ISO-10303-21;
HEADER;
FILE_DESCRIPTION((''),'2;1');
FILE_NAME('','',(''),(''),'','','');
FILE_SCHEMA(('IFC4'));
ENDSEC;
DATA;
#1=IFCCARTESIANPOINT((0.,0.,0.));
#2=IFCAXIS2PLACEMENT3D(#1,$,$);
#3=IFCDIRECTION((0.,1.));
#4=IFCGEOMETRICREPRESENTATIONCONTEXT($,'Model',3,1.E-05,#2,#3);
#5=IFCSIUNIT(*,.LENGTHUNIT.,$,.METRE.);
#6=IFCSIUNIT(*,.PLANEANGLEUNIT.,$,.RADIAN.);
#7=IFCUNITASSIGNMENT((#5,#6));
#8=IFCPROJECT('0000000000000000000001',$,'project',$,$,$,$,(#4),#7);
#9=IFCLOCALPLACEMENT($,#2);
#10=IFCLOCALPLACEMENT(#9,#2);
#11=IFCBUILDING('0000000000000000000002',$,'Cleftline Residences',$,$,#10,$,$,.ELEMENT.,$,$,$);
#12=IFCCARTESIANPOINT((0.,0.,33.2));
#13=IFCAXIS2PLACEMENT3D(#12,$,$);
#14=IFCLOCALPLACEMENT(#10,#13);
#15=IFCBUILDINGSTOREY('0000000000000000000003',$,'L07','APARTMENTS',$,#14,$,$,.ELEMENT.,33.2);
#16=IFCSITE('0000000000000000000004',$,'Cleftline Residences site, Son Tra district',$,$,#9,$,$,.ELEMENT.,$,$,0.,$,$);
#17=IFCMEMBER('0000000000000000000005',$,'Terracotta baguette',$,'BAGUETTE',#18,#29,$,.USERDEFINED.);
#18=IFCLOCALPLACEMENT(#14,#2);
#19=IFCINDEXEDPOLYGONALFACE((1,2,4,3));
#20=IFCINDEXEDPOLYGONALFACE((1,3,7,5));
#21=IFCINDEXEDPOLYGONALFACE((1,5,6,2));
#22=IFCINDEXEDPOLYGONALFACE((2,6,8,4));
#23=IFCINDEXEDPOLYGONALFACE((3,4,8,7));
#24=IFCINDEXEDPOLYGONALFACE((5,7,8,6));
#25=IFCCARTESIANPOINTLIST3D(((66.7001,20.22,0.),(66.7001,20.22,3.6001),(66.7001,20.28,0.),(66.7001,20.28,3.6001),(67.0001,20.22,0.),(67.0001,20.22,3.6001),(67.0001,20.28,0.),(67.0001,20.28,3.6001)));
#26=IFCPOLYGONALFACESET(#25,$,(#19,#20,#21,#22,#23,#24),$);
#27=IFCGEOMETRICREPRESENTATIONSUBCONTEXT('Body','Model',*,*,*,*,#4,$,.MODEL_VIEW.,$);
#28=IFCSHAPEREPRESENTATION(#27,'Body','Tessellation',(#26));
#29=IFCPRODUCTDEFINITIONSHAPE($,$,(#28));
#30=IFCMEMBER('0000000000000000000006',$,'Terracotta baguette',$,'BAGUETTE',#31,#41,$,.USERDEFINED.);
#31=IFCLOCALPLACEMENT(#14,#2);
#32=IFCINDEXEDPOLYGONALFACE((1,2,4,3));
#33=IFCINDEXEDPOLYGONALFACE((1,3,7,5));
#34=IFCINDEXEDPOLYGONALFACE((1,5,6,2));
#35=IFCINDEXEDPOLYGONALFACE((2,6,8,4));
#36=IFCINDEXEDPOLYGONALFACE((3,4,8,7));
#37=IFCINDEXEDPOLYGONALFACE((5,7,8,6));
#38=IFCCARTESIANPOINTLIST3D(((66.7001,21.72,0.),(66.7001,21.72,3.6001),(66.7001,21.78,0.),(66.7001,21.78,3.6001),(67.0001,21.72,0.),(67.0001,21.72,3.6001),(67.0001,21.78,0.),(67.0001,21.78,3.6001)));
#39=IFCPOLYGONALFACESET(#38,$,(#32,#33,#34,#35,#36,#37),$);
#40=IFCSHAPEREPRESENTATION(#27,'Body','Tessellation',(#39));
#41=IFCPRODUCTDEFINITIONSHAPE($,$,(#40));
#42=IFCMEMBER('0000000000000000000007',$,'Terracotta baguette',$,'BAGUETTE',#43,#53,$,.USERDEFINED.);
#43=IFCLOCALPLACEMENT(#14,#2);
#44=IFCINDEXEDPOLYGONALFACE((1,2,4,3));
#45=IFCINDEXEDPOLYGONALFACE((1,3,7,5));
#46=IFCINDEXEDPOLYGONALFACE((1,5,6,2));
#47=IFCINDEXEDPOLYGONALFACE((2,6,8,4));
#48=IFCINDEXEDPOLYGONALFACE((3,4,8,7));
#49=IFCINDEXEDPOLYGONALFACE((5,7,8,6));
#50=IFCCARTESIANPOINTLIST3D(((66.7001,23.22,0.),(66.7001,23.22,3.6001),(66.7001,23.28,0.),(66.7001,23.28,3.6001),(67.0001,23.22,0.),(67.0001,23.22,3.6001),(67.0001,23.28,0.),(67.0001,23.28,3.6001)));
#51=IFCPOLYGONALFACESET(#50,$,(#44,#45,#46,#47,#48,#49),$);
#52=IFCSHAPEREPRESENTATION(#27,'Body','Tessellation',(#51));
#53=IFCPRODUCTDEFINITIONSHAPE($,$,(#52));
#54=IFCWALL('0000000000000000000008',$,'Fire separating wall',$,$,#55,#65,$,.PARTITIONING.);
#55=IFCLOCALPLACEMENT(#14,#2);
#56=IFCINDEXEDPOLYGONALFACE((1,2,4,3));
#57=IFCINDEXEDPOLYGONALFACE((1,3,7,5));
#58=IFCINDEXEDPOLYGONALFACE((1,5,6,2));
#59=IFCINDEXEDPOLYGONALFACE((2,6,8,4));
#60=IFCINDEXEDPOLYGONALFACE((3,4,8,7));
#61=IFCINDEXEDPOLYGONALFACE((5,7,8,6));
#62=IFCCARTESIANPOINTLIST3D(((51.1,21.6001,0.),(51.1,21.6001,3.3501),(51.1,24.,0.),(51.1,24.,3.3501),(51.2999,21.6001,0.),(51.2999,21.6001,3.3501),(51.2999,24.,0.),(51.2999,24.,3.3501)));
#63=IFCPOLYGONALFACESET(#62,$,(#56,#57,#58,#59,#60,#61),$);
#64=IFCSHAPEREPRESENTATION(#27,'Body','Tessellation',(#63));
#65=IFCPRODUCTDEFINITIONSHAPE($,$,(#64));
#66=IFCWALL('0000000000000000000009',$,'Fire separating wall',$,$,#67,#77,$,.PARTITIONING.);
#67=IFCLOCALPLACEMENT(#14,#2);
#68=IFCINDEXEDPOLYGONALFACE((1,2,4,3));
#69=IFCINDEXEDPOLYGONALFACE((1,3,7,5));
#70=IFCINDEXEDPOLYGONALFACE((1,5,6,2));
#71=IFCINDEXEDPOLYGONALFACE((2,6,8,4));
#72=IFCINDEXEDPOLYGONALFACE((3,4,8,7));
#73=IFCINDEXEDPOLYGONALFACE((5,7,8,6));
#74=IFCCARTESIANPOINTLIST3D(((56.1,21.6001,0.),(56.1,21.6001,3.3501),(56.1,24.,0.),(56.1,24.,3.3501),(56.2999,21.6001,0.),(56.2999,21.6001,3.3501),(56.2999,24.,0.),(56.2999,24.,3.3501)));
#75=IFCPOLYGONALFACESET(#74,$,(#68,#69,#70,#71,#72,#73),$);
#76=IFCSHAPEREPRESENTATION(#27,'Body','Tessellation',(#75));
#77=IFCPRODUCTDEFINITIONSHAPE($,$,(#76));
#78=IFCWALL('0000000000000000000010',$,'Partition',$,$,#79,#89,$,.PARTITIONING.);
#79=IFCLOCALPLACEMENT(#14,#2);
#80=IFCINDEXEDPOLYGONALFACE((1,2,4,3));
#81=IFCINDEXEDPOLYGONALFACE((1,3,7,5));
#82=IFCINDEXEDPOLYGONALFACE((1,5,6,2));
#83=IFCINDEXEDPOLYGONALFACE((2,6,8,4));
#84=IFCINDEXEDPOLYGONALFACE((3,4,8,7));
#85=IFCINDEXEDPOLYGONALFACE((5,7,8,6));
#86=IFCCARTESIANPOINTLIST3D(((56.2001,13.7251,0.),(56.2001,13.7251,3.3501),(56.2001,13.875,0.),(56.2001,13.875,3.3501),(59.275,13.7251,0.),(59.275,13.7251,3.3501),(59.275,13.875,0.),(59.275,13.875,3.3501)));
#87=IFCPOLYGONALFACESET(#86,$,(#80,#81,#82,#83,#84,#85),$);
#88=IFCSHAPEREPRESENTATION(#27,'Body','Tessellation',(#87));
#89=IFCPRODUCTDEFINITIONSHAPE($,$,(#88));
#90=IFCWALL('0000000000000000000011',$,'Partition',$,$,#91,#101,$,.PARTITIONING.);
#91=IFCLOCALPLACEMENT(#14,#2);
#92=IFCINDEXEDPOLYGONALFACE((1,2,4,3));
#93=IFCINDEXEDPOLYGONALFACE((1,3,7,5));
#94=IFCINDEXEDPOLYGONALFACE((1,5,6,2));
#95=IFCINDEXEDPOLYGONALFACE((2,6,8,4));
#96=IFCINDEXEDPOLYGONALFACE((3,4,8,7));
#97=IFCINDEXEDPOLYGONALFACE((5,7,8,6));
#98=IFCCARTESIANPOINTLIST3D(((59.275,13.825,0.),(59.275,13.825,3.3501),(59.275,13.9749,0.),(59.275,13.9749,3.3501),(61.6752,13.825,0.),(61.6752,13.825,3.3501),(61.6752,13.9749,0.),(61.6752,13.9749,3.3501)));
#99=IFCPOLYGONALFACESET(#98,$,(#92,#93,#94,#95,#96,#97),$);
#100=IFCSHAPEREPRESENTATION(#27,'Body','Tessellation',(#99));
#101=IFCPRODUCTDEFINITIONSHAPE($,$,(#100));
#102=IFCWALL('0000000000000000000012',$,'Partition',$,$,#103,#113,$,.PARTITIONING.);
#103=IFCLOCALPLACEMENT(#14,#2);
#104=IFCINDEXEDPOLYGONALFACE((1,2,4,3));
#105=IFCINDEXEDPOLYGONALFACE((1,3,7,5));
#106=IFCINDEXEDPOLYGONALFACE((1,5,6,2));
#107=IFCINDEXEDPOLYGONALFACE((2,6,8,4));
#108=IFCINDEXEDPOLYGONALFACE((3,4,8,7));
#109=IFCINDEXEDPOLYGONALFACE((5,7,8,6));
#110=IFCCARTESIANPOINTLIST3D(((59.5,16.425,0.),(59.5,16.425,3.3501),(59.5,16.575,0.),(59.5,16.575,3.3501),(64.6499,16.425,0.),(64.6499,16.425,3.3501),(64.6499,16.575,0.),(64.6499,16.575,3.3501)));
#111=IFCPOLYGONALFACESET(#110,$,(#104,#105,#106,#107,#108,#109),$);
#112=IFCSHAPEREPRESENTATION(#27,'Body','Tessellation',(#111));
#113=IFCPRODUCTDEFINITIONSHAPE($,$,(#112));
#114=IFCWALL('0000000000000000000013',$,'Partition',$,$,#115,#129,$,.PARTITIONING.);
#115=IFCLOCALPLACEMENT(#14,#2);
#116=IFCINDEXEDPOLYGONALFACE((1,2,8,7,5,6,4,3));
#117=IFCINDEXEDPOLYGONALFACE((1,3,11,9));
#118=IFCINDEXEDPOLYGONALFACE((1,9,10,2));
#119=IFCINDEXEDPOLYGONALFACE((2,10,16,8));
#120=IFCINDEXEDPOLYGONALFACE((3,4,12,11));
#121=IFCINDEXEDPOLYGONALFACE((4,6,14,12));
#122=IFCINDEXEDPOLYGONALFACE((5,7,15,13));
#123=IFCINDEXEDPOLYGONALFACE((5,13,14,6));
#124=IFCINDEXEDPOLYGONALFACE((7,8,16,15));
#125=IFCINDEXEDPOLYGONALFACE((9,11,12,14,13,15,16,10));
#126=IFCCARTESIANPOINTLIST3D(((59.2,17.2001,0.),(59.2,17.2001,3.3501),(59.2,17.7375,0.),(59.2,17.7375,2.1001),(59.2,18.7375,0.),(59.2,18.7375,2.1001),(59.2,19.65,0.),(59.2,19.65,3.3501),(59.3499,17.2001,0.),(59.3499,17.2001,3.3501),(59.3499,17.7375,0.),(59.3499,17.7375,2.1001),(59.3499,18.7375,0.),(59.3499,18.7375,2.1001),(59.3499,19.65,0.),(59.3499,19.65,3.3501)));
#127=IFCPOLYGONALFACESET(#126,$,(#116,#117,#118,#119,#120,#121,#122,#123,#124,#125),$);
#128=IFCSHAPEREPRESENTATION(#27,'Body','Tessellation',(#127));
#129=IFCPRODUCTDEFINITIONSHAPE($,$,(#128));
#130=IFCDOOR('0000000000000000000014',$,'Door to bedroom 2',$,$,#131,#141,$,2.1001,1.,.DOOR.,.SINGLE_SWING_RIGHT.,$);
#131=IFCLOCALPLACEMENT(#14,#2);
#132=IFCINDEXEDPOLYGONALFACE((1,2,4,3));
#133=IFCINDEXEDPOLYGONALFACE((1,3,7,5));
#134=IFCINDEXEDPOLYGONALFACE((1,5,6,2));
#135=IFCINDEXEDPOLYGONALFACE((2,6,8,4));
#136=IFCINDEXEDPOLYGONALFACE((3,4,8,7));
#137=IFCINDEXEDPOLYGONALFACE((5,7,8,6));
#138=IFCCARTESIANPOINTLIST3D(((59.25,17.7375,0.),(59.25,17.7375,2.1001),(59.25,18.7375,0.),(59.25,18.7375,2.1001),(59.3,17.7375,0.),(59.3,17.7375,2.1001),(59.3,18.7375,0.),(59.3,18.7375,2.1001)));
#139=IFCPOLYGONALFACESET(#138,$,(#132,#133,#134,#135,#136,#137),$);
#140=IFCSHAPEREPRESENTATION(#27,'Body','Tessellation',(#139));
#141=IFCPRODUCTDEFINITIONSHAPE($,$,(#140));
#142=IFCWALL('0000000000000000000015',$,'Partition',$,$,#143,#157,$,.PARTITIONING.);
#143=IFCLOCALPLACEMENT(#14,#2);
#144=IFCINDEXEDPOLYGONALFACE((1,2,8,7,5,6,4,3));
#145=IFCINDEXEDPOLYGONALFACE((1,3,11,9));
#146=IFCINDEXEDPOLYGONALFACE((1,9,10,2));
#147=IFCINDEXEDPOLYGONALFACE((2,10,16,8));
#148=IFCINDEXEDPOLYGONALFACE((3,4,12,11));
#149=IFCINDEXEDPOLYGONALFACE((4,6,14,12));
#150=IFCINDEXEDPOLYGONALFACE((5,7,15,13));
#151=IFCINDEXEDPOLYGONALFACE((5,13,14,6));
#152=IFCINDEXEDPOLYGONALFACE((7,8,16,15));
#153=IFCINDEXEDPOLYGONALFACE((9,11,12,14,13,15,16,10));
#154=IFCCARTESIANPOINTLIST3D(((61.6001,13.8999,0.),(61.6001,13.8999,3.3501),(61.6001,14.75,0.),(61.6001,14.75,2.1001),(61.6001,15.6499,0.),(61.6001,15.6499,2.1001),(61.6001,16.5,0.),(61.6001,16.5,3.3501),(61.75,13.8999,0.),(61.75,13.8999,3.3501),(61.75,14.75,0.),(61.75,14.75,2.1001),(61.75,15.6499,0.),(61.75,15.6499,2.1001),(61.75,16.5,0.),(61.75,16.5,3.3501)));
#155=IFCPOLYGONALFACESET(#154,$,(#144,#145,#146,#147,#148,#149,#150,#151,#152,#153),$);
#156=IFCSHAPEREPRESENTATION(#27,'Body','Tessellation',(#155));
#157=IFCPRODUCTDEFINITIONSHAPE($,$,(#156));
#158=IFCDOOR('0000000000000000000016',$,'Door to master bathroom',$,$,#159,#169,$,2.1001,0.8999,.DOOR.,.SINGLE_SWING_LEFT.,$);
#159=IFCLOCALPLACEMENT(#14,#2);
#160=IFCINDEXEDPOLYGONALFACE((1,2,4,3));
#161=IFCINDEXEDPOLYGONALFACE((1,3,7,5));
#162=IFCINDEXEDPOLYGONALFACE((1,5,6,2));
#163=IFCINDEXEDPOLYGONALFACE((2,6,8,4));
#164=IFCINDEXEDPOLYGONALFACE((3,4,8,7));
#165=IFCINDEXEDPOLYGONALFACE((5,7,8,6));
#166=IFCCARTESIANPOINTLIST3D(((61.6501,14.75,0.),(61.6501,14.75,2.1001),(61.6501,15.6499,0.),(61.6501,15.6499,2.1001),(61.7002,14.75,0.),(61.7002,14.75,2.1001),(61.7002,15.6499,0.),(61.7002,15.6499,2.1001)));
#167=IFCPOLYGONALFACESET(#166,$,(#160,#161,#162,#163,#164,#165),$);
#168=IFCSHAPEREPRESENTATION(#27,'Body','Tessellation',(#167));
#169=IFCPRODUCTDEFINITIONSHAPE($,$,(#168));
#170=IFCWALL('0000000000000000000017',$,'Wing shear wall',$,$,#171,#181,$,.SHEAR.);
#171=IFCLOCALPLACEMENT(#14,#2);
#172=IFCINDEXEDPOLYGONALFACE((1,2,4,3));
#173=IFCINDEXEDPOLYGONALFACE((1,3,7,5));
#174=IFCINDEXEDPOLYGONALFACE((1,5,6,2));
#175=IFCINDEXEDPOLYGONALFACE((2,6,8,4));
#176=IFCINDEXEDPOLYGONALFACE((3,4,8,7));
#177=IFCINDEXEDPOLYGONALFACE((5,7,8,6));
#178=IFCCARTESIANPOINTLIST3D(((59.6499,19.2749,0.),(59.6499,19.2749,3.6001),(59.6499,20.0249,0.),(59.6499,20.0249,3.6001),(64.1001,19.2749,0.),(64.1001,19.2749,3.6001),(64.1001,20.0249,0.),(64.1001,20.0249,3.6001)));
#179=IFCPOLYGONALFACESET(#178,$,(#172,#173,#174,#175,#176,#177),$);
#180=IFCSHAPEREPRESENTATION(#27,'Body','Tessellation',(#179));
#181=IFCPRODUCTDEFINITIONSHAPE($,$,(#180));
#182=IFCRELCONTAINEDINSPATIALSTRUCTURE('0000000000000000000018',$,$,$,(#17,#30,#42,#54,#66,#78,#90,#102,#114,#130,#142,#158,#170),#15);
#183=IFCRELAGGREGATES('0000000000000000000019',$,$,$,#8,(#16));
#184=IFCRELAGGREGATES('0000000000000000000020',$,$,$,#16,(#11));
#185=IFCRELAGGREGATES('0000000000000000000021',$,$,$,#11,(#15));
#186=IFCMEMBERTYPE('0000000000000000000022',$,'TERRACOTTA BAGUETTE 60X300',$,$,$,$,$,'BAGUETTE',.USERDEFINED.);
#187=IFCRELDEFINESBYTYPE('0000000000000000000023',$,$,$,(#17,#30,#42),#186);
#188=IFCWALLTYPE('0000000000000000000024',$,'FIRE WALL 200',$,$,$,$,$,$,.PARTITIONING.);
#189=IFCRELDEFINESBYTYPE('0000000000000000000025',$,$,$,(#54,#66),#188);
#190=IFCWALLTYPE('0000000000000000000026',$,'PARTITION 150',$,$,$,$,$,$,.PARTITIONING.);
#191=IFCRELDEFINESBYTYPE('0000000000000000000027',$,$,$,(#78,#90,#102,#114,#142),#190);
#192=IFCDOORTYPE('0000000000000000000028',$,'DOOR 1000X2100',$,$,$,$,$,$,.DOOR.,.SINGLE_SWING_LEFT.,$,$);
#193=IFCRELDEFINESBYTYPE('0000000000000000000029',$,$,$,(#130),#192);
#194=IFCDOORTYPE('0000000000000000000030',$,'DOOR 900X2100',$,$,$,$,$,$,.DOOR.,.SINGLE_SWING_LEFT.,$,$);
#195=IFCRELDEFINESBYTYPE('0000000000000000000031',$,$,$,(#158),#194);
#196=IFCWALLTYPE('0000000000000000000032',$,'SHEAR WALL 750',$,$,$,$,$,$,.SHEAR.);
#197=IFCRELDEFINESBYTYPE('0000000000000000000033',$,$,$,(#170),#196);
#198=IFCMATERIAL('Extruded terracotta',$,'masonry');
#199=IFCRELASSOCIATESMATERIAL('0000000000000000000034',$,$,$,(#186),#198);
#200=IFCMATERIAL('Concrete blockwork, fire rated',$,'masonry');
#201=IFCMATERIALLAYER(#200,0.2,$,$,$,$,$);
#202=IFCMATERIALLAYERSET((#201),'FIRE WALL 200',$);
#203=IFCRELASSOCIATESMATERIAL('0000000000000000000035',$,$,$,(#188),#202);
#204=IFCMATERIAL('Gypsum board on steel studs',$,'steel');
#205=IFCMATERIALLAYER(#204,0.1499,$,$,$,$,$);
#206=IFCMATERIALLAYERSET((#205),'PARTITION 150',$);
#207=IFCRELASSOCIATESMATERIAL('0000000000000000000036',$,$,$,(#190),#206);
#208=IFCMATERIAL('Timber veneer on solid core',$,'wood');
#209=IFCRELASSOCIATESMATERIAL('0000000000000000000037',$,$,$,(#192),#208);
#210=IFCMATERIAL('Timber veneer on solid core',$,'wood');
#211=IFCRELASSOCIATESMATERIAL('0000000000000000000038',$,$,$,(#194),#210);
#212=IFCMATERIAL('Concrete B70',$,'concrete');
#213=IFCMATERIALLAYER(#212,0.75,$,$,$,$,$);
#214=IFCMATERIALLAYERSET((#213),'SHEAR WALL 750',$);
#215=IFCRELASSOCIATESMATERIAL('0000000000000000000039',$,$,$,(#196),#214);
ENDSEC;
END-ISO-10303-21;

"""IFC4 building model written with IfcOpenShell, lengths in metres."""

from ifc_helpers import new_model, si_unit, direction, frame, frame_2d, origin, origin_2d, place, context, subcontext, project, spatial, rectangle, extrude, material, layer, layer_set, material_profile, profile_set, type_object, element, fill, save


model = new_model("IFC4")

# Units and contexts
model_context = context("Model", 3, precision=1e-05, world=origin(), true_north=direction((0.0, 1.0)))
body_context = subcontext(model_context, "Body", "Model", "MODEL_VIEW")
ifc_project = project(units=[si_unit("LENGTHUNIT", "METRE"), si_unit("PLANEANGLEUNIT", "RADIAN")], contexts=[model_context])

# Site, building, storey
site_placement = place(None, origin())
site = spatial("IfcSite", under=ifc_project, at=site_placement, Name="Cleftline Residences site, Son Tra district", CompositionType="ELEMENT", RefElevation=0.0)
building_placement = place(site_placement, origin())
building = spatial("IfcBuilding", under=site, at=building_placement, Name="Cleftline Residences", CompositionType="ELEMENT")
storey_placement = place(building_placement, frame((0.0, 0.0, 33.2)))
storey = spatial("IfcBuildingStorey", under=building, at=storey_placement, Name="L07", Description="APARTMENTS", CompositionType="ELEMENT", Elevation=33.2)

# Members
ifc_material_1 = material(Name="Extruded terracotta", Category="masonry")
ifc_material_profile_1 = material_profile(ifc_material_1, rectangle(XDim=0.0601, YDim=0.3, at=origin_2d()))
ifc_profile_set_1 = profile_set([ifc_material_profile_1], Name="Extruded terracotta")
member_type_1 = type_object("IfcMemberType", Name="TERRACOTTA BAGUETTE 60X300", ElementType="BAGUETTE", PredefinedType="USERDEFINED", material=ifc_profile_set_1)
for number, where, z_axis, x_axis, name in (
    (1, (66.8501, 20.25, 0.0), (0.0, 0.0, 1.0), (0.0, 1.0, 0.0), "Terracotta baguette"),
    (2, (66.8501, 21.75, 0.0), (0.0, 0.0, 1.0), (0.0, 1.0, 0.0), "Terracotta baguette"),
    (3, (66.8501, 23.25, 0.0), (0.0, 0.0, 1.0), (0.0, 1.0, 0.0), "Terracotta baguette"),
):
    element("IfcMember", number, at=place(storey_placement, frame(where, z_axis=z_axis, x_axis=x_axis)), inside=storey, type_object=member_type_1, Name=name, ObjectType="BAGUETTE", PredefinedType="USERDEFINED", context=body_context, shape_type="SweptSolid", body=[
        extrude(rectangle(XDim=0.0601, YDim=0.3, at=origin_2d()), origin(), (0.0, 0.0, 1.0), 3.6001),
    ])

# Walls
ifc_material_2 = material(Name="Concrete blockwork, fire rated", Category="masonry")
ifc_layer_1 = layer(ifc_material_2, 0.2)
ifc_layer_set_1 = layer_set([ifc_layer_1], Name="FIRE WALL 200")
wall_type_1 = type_object("IfcWallType", Name="FIRE WALL 200", PredefinedType="PARTITIONING", material=ifc_layer_set_1)
for number, where, z_axis, x_axis, name in (
    (4, (51.2, 21.6001, 0.0), (0.0, 0.0, 1.0), (0.0, 1.0, 0.0), "Fire separating wall"),
    (5, (56.2, 21.6001, 0.0), (0.0, 0.0, 1.0), (0.0, 1.0, 0.0), "Fire separating wall"),
):
    element("IfcWall", number, at=place(storey_placement, frame(where, z_axis=z_axis, x_axis=x_axis)), inside=storey, type_object=wall_type_1, Name=name, PredefinedType="PARTITIONING", context=body_context, shape_type="SweptSolid", body=[
        extrude(rectangle(XDim=2.3999, YDim=0.2, at=frame_2d((1.2, 0.0))), origin(), (0.0, 0.0, 1.0), 3.3501),
    ])
ifc_material_3 = material(Name="Gypsum board on steel studs", Category="steel")
ifc_layer_2 = layer(ifc_material_3, 0.1499)
ifc_layer_set_2 = layer_set([ifc_layer_2], Name="PARTITION 150")
wall_type_2 = type_object("IfcWallType", Name="PARTITION 150", PredefinedType="PARTITIONING", material=ifc_layer_set_2)
wall_1_placement = place(storey_placement, frame((56.2, 13.8, 0.0), z_axis=(0.0, 0.0, 1.0), x_axis=(1.0, 0.0, 0.0)))
element("IfcWall", 6, at=wall_1_placement, inside=storey, type_object=wall_type_2, Name="Partition", PredefinedType="PARTITIONING", context=body_context, shape_type="SweptSolid", body=[
    extrude(rectangle(XDim=3.075, YDim=0.1499, at=frame_2d((1.5376, 0.0))), origin(), (0.0, 0.0, 1.0), 3.3501),
])
wall_2_placement = place(storey_placement, frame((59.2749, 13.8999, 0.0), z_axis=(0.0, 0.0, 1.0), x_axis=(1.0, 0.0, 0.0)))
element("IfcWall", 7, at=wall_2_placement, inside=storey, type_object=wall_type_2, Name="Partition", PredefinedType="PARTITIONING", context=body_context, shape_type="SweptSolid", body=[
    extrude(rectangle(XDim=2.4001, YDim=0.1499, at=frame_2d((1.2002, 0.0))), origin(), (0.0, 0.0, 1.0), 3.3501),
])
wall_3_placement = place(storey_placement, frame((59.5, 16.5, 0.0), z_axis=(0.0, 0.0, 1.0), x_axis=(1.0, 0.0, 0.0)))
element("IfcWall", 8, at=wall_3_placement, inside=storey, type_object=wall_type_2, Name="Partition", PredefinedType="PARTITIONING", context=body_context, shape_type="SweptSolid", body=[
    extrude(rectangle(XDim=5.1499, YDim=0.1499, at=frame_2d((2.575, 0.0))), origin(), (0.0, 0.0, 1.0), 3.3501),
])

# Walls, openings, doors
wall_4_placement = place(storey_placement, frame((59.2749, 17.2, 0.0), z_axis=(0.0, 0.0, 1.0), x_axis=(0.0, 1.0, 0.0)))
wall_4 = element("IfcWall", 9, at=wall_4_placement, inside=storey, type_object=wall_type_2, Name="Partition", PredefinedType="PARTITIONING", context=body_context, shape_type="SweptSolid", body=[
    extrude(rectangle(XDim=2.45, YDim=0.1499, at=frame_2d((1.2251, 0.0))), origin(), (0.0, 0.0, 1.0), 3.3501),
])
opening_1_placement = place(wall_4_placement, frame((0.5376, 0.0, 0.0)))
opening_1 = element("IfcOpeningElement", 10, at=opening_1_placement, cuts=wall_4, PredefinedType="OPENING", context=body_context, shape_type="SweptSolid", body=[
    extrude(rectangle(XDim=1.0, YDim=2.1001, at=frame_2d((0.5, 1.05))), frame((0.0, 0.085, 0.0), z_axis=(0.0, -1.0, 0.0), x_axis=(1.0, 0.0, 0.0)), (0.0, 0.0, 1.0), 0.1699),
])
ifc_material_4 = material(Name="Timber veneer on solid core", Category="wood")
door_type_1 = type_object("IfcDoorType", Name="DOOR 1000X2100", OperationType="SINGLE_SWING_LEFT", PredefinedType="DOOR", material=ifc_material_4)
door_1_placement = place(opening_1_placement, origin())
door_1 = element("IfcDoor", 11, at=door_1_placement, inside=storey, type_object=door_type_1, Name="Door to bedroom 2", OperationType="SINGLE_SWING_RIGHT", OverallHeight=2.1001, OverallWidth=1.0, PredefinedType="DOOR", context=body_context, shape_type="SweptSolid", body=[
    extrude(rectangle(XDim=1.0, YDim=2.1001, at=frame_2d((0.5, 1.05))), frame((0.0, 0.0249, 0.0), z_axis=(0.0, -1.0, 0.0), x_axis=(1.0, 0.0, 0.0)), (0.0, 0.0, 1.0), 0.05),
])
fill(opening_1, door_1)
wall_5_placement = place(storey_placement, frame((61.675, 13.8999, 0.0), z_axis=(0.0, 0.0, 1.0), x_axis=(0.0, 1.0, 0.0)))
wall_5 = element("IfcWall", 12, at=wall_5_placement, inside=storey, type_object=wall_type_2, Name="Partition", PredefinedType="PARTITIONING", context=body_context, shape_type="SweptSolid", body=[
    extrude(rectangle(XDim=2.6001, YDim=0.1499, at=frame_2d((1.3, 0.0))), origin(), (0.0, 0.0, 1.0), 3.3501),
])
opening_2_placement = place(wall_5_placement, frame((0.8501, 0.0, 0.0)))
opening_2 = element("IfcOpeningElement", 13, at=opening_2_placement, cuts=wall_5, PredefinedType="OPENING", context=body_context, shape_type="SweptSolid", body=[
    extrude(rectangle(XDim=0.8999, YDim=2.1001, at=frame_2d((0.45, 1.05))), frame((0.0, 0.085, 0.0), z_axis=(0.0, -1.0, 0.0), x_axis=(1.0, 0.0, 0.0)), (0.0, 0.0, 1.0), 0.1699),
])
ifc_material_5 = material(Name="Timber veneer on solid core", Category="wood")
door_type_2 = type_object("IfcDoorType", Name="DOOR 900X2100", OperationType="SINGLE_SWING_LEFT", PredefinedType="DOOR", material=ifc_material_5)
door_2_placement = place(opening_2_placement, origin())
door_2 = element("IfcDoor", 14, at=door_2_placement, inside=storey, type_object=door_type_2, Name="Door to master bathroom", OperationType="SINGLE_SWING_LEFT", OverallHeight=2.1001, OverallWidth=0.8999, PredefinedType="DOOR", context=body_context, shape_type="SweptSolid", body=[
    extrude(rectangle(XDim=0.8999, YDim=2.1001, at=frame_2d((0.45, 1.05))), frame((0.0, 0.0249, 0.0), z_axis=(0.0, -1.0, 0.0), x_axis=(1.0, 0.0, 0.0)), (0.0, 0.0, 1.0), 0.05),
])
fill(opening_2, door_2)

# Wall
ifc_material_6 = material(Name="Concrete B70", Category="concrete")
ifc_layer_3 = layer(ifc_material_6, 0.75)
ifc_layer_set_3 = layer_set([ifc_layer_3], Name="SHEAR WALL 750")
wall_type_3 = type_object("IfcWallType", Name="SHEAR WALL 750", PredefinedType="SHEAR", material=ifc_layer_set_3)
wall_6_placement = place(storey_placement, frame((59.6499, 19.6499, 0.0), z_axis=(0.0, 0.0, 1.0), x_axis=(1.0, 0.0, 0.0)))
element("IfcWall", 15, at=wall_6_placement, inside=storey, type_object=wall_type_3, Name="Wing shear wall", PredefinedType="SHEAR", context=body_context, shape_type="SweptSolid", body=[
    extrude(rectangle(XDim=4.4502, YDim=0.75, at=frame_2d((2.2251, 0.0))), origin(), (0.0, 0.0, 1.0), 3.6001),
])

save(model, "model.ifc")
